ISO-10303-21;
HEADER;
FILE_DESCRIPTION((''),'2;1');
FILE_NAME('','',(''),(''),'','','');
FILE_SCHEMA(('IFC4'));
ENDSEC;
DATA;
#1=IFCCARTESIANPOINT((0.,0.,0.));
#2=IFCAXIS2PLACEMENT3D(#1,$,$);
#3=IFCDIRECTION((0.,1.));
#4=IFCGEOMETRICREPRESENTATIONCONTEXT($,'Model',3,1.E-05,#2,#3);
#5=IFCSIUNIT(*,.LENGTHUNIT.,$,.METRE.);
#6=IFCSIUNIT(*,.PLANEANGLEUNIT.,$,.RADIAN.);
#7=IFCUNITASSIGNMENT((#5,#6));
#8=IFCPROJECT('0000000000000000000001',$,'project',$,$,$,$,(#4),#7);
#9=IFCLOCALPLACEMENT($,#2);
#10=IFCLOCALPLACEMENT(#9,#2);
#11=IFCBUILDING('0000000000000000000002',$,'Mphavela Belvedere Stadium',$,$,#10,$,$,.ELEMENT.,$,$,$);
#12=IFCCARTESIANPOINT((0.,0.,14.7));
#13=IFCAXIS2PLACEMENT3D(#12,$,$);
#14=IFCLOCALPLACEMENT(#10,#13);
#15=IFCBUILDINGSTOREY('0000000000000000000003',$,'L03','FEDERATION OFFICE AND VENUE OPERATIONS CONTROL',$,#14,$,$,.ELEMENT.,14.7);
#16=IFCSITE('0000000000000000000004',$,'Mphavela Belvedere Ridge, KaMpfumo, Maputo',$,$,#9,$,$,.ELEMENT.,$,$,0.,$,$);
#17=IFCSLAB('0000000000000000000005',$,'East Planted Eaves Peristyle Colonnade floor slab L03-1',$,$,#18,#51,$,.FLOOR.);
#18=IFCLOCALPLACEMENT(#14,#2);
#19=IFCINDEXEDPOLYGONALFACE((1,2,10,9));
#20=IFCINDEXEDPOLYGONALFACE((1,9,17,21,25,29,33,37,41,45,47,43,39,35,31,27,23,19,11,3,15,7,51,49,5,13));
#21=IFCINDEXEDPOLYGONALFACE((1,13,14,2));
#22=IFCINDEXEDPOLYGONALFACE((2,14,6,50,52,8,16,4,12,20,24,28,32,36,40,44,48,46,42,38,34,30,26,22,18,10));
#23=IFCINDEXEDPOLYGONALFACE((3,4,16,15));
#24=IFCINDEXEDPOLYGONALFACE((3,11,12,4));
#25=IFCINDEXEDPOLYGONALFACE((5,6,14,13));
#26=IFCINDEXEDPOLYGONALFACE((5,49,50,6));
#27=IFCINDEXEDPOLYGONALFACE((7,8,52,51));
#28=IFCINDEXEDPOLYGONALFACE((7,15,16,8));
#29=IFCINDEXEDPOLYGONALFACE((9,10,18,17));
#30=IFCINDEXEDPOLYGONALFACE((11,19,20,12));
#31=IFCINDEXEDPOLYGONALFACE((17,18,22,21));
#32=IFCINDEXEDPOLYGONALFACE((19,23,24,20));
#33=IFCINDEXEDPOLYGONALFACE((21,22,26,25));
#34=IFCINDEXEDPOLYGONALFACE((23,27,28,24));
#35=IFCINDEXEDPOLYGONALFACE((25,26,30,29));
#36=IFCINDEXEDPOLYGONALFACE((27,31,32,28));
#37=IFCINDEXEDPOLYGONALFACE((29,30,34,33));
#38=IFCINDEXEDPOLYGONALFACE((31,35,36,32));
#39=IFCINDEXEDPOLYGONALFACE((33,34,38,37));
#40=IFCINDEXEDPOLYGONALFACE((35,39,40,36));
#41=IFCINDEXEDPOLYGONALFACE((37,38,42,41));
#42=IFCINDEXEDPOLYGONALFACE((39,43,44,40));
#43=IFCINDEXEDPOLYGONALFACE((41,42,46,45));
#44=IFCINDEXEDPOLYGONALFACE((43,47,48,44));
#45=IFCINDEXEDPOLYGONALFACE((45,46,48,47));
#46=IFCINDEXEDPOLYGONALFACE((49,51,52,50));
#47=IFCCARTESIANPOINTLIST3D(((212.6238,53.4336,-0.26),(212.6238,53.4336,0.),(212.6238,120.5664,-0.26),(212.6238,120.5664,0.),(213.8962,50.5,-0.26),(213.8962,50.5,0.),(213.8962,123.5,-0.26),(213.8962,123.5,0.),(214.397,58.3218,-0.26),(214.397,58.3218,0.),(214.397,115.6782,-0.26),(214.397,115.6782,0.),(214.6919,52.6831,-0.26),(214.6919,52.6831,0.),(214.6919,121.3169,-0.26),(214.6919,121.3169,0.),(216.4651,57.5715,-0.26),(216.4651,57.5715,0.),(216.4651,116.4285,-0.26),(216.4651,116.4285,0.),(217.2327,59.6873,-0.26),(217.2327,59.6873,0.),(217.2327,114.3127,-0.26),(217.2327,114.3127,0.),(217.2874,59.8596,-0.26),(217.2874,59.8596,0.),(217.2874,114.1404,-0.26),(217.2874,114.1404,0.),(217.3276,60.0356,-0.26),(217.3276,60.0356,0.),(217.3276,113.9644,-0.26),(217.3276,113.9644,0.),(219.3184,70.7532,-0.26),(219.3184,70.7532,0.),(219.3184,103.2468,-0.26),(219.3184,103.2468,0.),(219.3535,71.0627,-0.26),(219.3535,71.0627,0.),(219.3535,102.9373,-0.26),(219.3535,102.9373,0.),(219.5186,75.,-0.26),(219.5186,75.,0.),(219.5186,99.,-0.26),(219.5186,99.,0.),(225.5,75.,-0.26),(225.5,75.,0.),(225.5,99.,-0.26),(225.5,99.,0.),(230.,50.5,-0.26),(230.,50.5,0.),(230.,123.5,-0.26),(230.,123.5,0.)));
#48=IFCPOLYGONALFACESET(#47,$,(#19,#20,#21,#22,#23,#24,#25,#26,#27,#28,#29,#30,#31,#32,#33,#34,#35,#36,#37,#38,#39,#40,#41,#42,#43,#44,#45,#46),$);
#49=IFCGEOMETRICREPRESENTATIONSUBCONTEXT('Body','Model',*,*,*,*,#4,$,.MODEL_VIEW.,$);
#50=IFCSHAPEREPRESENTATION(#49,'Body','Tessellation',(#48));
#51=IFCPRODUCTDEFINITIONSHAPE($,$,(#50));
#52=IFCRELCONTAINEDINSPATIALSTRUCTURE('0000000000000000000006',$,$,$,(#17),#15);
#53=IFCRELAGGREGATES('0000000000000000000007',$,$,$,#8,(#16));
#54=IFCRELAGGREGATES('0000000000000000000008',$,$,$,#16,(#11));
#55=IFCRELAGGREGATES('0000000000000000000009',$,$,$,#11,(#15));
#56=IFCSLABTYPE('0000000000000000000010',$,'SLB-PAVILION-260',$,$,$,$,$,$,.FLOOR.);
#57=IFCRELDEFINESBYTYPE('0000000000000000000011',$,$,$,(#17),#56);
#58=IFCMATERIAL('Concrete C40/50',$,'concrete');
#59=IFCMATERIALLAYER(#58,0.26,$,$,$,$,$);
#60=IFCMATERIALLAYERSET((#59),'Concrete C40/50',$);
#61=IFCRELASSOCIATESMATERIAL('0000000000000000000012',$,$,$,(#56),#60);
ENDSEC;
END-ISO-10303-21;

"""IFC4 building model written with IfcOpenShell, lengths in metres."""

from ifc_helpers import new_model, si_unit, direction, frame, origin, place, context, subcontext, project, spatial, polyline, outline, extrude, material, layer, layer_set, type_object, element, save


model = new_model("IFC4")

# Units and contexts
model_context = context("Model", 3, precision=1e-05, world=origin(), true_north=direction((0.0, 1.0)))
body_context = subcontext(model_context, "Body", "Model", "MODEL_VIEW")
ifc_project = project(units=[si_unit("LENGTHUNIT", "METRE"), si_unit("PLANEANGLEUNIT", "RADIAN")], contexts=[model_context])

# Site, building, storey
site_placement = place(None, origin())
site = spatial("IfcSite", under=ifc_project, at=site_placement, Name="Mphavela Belvedere Ridge, KaMpfumo, Maputo", CompositionType="ELEMENT", RefElevation=0.0)
building_placement = place(site_placement, origin())
building = spatial("IfcBuilding", under=site, at=building_placement, Name="Mphavela Belvedere Stadium", CompositionType="ELEMENT")
storey_placement = place(building_placement, frame((0.0, 0.0, 14.7)))
storey = spatial("IfcBuildingStorey", under=building, at=storey_placement, Name="L03", Description="FEDERATION OFFICE AND VENUE OPERATIONS CONTROL", CompositionType="ELEMENT", Elevation=14.7)

# Slab
ifc_material_1 = material(Name="Concrete C40/50", Category="concrete")
ifc_layer_1 = layer(ifc_material_1, 0.26)
ifc_layer_set_1 = layer_set([ifc_layer_1], Name="Concrete C40/50")
slab_type_1 = type_object("IfcSlabType", Name="SLB-PAVILION-260", PredefinedType="FLOOR", material=ifc_layer_set_1)
slab_1_placement = place(storey_placement, frame((0.0, 0.0, -0.26)))
element("IfcSlab", 1, at=slab_1_placement, inside=storey, type_object=slab_type_1, Name="East Planted Eaves Peristyle Colonnade floor slab L03-1", PredefinedType="FLOOR", context=body_context, shape_type="SweptSolid", body=[
    extrude(outline(polyline([(214.6919, 52.6831), (212.6238, 53.4336), (214.397, 58.3218), (216.4651, 57.5715), (217.2327, 59.6873), (217.2874, 59.8596), (217.3276, 60.0356), (219.3184, 70.7532), (219.3535, 71.0627), (219.5186, 75.0), (225.5, 75.0), (225.5, 99.0), (219.5186, 99.0), (219.3535, 102.9373), (219.3184, 103.2468), (217.3276, 113.9644), (217.2874, 114.1404), (217.2327, 114.3127), (216.4651, 116.4285), (214.397, 115.6782), (212.6238, 120.5664), (214.6919, 121.3169), (213.8962, 123.5), (230.0, 123.5), (230.0, 50.5), (213.8962, 50.5), (214.6919, 52.6831)])), origin(), (0.0, 0.0, 1.0), 0.26),
])

save(model, "model.ifc")
